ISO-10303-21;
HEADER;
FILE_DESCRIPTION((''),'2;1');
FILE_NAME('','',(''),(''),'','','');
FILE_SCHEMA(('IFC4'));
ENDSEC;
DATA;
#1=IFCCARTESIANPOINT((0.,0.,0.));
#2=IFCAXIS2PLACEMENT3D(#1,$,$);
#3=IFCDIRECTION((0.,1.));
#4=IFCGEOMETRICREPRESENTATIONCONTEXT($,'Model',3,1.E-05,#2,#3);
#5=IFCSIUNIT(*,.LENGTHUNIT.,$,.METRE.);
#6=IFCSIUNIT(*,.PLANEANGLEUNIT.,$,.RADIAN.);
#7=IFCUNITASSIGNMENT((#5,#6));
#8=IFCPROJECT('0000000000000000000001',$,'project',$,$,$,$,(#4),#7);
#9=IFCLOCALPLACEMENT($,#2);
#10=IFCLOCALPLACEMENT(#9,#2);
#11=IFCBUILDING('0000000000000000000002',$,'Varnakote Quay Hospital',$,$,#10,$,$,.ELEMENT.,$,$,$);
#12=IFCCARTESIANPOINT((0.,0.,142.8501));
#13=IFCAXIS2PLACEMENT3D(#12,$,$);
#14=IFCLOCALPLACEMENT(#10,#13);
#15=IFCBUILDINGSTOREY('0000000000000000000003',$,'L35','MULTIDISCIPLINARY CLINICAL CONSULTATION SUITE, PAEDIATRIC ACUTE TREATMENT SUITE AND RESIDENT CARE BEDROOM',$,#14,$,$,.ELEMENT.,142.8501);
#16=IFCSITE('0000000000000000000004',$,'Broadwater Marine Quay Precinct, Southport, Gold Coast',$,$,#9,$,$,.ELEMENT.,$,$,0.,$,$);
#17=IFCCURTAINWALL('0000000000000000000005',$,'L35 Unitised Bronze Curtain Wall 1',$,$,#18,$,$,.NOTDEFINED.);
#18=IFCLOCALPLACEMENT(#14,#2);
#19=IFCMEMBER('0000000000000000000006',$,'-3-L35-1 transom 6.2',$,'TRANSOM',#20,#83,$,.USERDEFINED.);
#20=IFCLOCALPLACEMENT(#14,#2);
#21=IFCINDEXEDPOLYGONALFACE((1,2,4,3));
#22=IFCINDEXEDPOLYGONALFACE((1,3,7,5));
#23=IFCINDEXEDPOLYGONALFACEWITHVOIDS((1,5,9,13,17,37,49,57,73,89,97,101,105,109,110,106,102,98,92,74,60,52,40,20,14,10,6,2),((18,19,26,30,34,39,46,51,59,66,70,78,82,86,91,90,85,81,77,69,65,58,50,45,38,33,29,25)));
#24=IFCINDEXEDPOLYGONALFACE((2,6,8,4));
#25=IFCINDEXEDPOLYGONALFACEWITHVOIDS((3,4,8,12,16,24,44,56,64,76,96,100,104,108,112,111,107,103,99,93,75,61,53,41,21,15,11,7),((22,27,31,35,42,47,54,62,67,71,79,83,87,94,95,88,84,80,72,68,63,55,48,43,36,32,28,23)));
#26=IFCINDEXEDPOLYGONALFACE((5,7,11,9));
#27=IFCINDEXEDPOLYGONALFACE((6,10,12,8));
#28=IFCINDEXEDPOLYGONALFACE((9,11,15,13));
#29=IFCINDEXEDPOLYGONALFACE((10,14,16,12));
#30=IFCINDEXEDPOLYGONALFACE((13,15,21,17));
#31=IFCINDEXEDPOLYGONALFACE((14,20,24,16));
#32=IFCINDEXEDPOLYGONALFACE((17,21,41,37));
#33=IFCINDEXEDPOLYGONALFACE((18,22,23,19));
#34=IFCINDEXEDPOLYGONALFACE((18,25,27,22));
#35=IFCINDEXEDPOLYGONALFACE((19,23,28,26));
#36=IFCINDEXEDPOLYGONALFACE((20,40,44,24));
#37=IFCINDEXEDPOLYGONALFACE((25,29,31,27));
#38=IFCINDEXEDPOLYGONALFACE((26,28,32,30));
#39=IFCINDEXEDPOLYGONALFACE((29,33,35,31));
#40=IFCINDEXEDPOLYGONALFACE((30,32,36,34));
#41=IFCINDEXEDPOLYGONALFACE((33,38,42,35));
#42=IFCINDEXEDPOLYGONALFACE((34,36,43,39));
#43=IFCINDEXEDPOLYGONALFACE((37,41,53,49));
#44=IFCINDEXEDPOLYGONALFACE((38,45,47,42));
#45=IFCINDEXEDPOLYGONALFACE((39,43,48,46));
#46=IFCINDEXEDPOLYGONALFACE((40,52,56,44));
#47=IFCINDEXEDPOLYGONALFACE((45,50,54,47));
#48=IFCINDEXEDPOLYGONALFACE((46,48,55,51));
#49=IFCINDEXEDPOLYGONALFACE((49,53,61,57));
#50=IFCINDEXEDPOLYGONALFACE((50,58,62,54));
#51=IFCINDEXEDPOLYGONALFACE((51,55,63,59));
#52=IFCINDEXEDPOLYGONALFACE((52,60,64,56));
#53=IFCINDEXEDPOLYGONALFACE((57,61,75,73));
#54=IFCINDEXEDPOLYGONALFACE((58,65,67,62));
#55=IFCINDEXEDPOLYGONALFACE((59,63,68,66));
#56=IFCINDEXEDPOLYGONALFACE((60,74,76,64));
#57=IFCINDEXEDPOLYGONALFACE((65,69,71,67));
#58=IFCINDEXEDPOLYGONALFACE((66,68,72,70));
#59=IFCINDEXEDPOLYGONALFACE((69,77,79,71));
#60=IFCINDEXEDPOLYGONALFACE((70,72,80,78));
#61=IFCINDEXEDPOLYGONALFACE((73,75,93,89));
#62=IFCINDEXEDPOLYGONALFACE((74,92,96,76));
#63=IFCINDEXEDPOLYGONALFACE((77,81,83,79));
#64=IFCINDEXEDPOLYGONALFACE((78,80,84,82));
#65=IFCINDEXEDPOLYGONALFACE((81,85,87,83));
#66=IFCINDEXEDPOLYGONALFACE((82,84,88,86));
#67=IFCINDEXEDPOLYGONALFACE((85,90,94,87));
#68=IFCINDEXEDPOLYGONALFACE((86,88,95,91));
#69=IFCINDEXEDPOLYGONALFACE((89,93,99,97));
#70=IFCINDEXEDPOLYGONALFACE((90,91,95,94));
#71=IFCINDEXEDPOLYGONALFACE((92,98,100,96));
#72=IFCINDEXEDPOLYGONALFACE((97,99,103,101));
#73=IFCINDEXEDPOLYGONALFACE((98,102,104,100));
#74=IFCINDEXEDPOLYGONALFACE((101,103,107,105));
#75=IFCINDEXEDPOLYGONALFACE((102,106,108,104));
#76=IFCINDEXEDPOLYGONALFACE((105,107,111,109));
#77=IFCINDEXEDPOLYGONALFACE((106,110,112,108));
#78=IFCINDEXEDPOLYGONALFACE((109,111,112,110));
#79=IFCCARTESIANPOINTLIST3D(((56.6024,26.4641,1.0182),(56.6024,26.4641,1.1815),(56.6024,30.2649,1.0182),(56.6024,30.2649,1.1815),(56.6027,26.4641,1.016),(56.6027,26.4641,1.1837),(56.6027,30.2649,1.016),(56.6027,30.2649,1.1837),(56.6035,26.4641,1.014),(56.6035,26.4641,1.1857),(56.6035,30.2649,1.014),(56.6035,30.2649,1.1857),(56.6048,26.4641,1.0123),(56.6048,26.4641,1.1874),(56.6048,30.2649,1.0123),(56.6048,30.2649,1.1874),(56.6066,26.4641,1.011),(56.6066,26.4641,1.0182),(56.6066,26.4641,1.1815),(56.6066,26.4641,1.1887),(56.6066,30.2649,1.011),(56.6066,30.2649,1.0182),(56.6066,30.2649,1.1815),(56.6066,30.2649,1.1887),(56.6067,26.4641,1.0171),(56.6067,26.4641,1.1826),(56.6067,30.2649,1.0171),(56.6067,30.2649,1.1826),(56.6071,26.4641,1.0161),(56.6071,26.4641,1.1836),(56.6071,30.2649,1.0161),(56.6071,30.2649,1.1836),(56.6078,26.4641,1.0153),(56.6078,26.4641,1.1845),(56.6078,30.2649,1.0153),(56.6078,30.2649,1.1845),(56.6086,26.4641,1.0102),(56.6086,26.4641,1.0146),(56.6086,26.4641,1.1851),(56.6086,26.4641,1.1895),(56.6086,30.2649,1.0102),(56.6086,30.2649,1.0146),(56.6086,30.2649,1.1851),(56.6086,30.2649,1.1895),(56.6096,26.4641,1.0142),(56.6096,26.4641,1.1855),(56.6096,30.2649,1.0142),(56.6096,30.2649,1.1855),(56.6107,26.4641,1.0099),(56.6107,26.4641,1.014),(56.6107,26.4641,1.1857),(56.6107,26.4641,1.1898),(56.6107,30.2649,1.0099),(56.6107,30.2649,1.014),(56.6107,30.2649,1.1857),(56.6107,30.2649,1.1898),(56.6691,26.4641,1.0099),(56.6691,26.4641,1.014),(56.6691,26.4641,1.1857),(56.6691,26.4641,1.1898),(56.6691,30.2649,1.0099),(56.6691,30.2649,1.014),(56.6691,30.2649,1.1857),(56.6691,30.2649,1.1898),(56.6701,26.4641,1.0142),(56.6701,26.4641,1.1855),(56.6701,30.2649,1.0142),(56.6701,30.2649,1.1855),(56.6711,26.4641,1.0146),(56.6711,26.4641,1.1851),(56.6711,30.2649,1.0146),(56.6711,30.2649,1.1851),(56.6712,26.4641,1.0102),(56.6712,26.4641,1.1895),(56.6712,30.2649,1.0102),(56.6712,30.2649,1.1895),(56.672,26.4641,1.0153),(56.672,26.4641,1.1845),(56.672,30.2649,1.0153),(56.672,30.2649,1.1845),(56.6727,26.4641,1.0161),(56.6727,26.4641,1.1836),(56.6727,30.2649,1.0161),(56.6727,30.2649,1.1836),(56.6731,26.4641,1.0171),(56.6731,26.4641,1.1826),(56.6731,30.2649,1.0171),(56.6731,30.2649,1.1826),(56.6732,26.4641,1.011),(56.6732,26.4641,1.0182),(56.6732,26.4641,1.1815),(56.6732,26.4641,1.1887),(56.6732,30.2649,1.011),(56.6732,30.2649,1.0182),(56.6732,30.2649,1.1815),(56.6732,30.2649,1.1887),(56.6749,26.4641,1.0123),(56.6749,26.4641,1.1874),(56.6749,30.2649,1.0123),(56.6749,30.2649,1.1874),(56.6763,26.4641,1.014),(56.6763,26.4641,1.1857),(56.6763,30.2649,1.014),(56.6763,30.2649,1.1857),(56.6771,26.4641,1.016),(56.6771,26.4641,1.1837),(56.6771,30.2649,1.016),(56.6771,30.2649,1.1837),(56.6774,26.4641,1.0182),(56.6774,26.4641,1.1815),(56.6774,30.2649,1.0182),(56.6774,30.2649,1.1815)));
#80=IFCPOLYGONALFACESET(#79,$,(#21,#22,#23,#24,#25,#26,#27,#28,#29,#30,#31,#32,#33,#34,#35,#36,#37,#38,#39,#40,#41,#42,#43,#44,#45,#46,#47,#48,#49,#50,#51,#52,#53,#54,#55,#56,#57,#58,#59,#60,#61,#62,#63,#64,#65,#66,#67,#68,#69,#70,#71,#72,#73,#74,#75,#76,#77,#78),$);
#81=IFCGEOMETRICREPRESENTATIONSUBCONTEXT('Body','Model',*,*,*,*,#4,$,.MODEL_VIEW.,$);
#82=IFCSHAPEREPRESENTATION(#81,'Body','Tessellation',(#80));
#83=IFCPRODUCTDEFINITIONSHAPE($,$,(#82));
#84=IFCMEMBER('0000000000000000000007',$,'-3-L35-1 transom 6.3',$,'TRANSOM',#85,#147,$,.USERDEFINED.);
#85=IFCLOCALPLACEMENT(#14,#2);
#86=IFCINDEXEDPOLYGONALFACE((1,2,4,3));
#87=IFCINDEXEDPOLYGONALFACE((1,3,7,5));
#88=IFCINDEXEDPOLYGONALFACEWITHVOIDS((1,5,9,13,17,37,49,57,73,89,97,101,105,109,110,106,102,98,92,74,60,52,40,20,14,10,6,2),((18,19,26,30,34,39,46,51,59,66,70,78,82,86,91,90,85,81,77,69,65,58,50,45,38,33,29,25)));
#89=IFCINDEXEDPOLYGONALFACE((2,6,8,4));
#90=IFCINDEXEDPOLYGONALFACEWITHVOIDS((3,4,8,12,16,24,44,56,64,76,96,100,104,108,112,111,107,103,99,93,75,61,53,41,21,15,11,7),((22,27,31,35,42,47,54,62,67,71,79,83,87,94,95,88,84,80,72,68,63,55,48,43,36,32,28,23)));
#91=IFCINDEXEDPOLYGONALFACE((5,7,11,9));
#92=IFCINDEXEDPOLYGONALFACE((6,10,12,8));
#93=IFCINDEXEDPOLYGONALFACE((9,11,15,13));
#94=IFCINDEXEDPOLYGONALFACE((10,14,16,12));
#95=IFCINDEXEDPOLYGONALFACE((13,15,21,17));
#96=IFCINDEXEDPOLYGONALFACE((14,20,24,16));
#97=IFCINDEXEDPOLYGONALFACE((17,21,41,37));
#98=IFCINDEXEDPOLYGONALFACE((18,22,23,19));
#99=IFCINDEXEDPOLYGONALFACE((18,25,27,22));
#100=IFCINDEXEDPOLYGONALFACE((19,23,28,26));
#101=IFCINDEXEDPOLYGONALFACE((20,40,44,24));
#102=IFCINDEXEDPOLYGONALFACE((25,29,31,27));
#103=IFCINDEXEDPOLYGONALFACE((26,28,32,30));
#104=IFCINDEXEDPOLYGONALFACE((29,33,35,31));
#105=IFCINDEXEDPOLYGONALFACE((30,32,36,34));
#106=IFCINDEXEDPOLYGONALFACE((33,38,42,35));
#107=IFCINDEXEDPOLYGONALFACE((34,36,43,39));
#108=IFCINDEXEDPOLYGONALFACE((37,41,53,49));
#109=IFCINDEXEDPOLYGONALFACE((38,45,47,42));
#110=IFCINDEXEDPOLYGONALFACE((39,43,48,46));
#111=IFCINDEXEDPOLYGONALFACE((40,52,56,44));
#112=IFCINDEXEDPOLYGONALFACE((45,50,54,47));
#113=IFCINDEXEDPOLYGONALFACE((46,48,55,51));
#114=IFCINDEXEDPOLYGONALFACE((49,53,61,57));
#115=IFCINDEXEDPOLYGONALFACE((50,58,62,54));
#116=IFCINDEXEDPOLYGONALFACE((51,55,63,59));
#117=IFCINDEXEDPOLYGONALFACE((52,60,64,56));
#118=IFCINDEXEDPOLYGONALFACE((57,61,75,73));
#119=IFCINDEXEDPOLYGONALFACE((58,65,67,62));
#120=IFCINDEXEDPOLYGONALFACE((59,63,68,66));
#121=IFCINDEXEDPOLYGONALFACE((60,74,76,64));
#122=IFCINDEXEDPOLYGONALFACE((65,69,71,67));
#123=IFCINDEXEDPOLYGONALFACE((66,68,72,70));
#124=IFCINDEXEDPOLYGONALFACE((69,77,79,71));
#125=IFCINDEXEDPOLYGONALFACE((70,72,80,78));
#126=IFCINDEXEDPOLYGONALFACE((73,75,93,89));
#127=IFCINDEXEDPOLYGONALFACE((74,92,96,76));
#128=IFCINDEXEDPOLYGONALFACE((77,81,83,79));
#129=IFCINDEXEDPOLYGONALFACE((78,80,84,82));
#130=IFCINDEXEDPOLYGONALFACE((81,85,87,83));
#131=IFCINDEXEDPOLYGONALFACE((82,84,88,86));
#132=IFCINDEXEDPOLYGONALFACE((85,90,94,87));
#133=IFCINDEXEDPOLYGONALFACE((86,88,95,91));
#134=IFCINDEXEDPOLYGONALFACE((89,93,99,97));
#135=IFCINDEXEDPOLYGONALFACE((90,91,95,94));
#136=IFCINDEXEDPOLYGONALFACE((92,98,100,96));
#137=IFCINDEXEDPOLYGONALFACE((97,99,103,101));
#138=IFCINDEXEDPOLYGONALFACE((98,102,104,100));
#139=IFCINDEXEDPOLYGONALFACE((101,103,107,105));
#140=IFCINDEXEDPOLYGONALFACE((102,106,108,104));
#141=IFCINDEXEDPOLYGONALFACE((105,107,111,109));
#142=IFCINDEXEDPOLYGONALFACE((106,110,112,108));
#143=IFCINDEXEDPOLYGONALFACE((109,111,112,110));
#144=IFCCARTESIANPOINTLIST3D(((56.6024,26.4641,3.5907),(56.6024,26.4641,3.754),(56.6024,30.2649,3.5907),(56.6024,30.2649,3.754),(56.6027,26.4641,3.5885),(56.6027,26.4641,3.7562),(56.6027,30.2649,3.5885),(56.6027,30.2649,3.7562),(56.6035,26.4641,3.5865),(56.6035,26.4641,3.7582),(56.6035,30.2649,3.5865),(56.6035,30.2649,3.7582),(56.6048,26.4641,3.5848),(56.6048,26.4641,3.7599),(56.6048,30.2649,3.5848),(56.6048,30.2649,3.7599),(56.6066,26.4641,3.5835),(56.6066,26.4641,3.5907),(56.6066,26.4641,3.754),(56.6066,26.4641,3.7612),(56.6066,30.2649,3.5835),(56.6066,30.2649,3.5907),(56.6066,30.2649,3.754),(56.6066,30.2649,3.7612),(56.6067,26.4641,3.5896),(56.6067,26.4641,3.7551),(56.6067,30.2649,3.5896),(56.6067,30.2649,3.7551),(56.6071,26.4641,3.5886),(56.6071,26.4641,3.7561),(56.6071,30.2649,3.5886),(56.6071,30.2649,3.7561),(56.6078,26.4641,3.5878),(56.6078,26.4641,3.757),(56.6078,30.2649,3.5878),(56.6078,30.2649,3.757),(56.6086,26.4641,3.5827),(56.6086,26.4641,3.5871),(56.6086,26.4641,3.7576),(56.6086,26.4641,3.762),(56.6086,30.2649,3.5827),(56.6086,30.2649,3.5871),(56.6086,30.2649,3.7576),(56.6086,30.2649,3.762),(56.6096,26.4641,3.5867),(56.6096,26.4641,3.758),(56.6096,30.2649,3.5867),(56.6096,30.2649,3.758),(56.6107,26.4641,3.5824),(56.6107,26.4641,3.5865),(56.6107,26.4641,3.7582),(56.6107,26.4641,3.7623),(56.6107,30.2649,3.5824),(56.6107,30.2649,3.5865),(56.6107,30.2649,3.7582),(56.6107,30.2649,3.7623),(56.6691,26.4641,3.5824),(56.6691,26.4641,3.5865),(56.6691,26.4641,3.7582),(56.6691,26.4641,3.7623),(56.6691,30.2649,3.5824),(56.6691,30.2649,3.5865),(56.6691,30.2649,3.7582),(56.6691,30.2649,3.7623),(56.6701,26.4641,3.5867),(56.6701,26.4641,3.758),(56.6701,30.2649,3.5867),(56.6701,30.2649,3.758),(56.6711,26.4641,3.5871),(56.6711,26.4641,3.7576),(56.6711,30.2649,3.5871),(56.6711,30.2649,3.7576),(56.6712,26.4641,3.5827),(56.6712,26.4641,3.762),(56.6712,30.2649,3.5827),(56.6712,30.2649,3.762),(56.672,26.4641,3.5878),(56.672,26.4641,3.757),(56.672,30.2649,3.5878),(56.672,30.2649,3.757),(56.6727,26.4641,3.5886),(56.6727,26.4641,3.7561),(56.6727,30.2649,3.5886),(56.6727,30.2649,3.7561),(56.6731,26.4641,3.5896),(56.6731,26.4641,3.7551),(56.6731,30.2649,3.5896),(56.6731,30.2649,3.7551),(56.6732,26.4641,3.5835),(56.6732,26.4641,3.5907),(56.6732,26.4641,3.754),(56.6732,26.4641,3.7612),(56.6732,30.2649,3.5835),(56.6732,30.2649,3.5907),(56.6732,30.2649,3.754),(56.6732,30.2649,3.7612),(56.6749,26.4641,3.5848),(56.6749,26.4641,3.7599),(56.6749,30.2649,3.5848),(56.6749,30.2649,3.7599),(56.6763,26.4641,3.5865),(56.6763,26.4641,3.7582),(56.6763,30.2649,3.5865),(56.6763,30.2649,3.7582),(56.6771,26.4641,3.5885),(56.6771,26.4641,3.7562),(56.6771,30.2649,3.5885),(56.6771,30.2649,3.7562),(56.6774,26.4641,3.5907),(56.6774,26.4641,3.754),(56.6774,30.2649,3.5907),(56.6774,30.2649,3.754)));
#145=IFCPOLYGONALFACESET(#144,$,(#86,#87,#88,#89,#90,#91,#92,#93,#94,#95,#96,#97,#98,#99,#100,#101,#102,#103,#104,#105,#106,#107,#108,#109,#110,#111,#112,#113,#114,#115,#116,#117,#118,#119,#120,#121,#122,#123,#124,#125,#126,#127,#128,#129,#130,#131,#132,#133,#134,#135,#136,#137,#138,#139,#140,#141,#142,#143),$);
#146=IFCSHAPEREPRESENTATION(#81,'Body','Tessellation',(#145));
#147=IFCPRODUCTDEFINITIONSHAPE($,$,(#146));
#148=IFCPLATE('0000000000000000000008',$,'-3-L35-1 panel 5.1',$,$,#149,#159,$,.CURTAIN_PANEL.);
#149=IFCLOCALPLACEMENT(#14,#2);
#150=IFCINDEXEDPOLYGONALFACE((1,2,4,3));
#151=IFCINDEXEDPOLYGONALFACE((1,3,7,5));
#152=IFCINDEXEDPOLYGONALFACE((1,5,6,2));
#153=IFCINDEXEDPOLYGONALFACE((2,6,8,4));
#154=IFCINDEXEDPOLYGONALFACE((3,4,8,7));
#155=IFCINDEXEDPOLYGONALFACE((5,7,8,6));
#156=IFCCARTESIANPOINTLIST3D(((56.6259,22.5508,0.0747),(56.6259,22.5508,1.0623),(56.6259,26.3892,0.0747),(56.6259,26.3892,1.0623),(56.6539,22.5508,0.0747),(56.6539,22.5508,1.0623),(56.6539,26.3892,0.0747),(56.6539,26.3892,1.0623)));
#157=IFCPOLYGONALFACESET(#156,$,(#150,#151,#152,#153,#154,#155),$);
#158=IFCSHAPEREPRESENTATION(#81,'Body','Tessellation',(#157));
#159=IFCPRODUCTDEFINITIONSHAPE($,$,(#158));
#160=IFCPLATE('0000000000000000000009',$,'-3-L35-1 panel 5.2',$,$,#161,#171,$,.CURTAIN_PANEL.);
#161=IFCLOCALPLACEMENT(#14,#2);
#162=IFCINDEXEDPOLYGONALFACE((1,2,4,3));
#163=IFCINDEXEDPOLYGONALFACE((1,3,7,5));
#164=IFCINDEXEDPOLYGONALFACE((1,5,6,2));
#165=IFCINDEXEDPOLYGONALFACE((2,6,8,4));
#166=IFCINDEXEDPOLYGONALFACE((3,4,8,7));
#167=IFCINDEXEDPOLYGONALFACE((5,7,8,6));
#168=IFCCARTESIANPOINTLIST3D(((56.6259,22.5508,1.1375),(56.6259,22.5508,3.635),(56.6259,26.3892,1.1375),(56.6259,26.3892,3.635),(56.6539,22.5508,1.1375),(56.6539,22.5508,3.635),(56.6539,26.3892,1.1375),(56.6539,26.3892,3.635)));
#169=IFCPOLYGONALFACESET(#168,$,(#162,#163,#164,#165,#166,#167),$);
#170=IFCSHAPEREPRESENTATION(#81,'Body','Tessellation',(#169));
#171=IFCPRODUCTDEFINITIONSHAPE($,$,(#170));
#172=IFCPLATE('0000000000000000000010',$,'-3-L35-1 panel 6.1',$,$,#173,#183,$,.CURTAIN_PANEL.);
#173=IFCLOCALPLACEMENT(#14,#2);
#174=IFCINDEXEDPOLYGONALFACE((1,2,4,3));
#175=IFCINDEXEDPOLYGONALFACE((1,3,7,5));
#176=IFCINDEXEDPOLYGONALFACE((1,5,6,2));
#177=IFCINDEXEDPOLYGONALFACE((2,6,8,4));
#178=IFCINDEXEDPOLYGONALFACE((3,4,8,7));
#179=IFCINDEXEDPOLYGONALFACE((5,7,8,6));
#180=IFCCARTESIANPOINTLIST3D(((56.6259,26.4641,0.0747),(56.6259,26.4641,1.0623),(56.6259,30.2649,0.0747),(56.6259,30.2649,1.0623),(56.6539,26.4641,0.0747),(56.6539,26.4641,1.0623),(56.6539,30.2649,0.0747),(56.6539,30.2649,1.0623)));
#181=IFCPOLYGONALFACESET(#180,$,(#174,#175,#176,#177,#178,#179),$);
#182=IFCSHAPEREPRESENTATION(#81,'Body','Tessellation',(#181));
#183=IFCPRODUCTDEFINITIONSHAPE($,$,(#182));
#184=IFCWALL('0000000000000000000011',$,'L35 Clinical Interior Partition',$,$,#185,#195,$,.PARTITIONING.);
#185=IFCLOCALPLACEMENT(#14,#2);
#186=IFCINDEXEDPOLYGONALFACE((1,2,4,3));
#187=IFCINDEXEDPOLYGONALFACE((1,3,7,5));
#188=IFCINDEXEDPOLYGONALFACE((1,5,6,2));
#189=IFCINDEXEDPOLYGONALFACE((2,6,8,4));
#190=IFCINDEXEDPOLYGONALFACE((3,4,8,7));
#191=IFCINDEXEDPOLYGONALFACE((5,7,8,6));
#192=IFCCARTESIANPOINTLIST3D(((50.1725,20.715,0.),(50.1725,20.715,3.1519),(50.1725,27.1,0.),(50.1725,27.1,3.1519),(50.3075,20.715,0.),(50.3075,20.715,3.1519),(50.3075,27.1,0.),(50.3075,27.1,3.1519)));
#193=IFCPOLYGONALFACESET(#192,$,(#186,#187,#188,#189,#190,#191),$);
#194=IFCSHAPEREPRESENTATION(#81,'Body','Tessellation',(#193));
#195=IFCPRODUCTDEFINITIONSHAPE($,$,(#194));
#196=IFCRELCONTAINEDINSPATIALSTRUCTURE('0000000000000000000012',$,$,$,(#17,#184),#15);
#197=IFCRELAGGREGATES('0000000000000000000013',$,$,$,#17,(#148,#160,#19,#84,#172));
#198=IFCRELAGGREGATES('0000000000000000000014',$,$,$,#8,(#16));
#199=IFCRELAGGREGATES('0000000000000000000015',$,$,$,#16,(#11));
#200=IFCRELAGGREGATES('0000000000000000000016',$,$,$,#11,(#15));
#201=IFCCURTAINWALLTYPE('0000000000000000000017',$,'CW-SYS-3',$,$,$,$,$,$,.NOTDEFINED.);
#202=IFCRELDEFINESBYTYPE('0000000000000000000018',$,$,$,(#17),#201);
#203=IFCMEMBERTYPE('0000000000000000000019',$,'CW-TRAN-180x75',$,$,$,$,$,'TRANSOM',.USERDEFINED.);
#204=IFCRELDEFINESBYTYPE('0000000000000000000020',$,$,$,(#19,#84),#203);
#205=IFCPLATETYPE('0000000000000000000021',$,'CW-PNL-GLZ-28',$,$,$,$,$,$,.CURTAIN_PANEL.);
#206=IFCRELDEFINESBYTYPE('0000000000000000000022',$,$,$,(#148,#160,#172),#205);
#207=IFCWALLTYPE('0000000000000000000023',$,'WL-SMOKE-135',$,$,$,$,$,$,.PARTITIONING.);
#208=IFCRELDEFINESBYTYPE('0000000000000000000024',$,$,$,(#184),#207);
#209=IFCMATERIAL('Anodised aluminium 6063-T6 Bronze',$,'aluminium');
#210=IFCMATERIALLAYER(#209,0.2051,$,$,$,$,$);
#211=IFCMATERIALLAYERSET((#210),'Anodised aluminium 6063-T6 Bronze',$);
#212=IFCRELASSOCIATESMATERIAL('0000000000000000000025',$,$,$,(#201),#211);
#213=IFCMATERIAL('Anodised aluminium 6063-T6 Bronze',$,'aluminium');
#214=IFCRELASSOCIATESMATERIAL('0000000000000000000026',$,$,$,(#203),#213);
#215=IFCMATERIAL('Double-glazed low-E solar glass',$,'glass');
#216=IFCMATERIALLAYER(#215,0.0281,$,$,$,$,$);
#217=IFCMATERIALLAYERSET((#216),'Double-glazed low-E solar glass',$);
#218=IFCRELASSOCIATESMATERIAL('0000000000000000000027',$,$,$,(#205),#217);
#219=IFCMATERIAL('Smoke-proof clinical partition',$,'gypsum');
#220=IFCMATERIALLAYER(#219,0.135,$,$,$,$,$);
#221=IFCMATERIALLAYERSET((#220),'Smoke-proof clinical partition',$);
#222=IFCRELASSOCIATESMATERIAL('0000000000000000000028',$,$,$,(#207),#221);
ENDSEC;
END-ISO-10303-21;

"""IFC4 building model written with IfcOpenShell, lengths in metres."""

from ifc_helpers import new_model, si_unit, direction, frame, frame_2d, origin, origin_2d, place, context, subcontext, project, spatial, rectangle, hollow_rectangle, extrude, material, layer, layer_set, material_profile, profile_set, type_object, element, aggregate, save


model = new_model("IFC4")

# Units and contexts
model_context = context("Model", 3, precision=1e-05, world=origin(), true_north=direction((0.0, 1.0)))
body_context = subcontext(model_context, "Body", "Model", "MODEL_VIEW")
ifc_project = project(units=[si_unit("LENGTHUNIT", "METRE"), si_unit("PLANEANGLEUNIT", "RADIAN")], contexts=[model_context])

# Site, building, storey
site_placement = place(None, origin())
site = spatial("IfcSite", under=ifc_project, at=site_placement, Name="Broadwater Marine Quay Precinct, Southport, Gold Coast", CompositionType="ELEMENT", RefElevation=0.0)
building_placement = place(site_placement, origin())
building = spatial("IfcBuilding", under=site, at=building_placement, Name="Varnakote Quay Hospital", CompositionType="ELEMENT")
storey_placement = place(building_placement, frame((0.0, 0.0, 142.8501)))
storey = spatial("IfcBuildingStorey", under=building, at=storey_placement, Name="L35", Description="MULTIDISCIPLINARY CLINICAL CONSULTATION SUITE, PAEDIATRIC ACUTE TREATMENT SUITE AND RESIDENT CARE BEDROOM", CompositionType="ELEMENT", Elevation=142.8501)

# Curtain wall, members, plates
ifc_material_1 = material(Name="Anodised aluminium 6063-T6 Bronze", Category="aluminium")
ifc_layer_1 = layer(ifc_material_1, 0.2051)
ifc_layer_set_1 = layer_set([ifc_layer_1], Name="Anodised aluminium 6063-T6 Bronze")
curtain_wall_type = type_object("IfcCurtainWallType", Name="CW-SYS-3", PredefinedType="NOTDEFINED", material=ifc_layer_set_1)
curtain_wall_placement = place(storey_placement, origin())
curtain_wall = element("IfcCurtainWall", 1, at=curtain_wall_placement, inside=storey, type_object=curtain_wall_type, Name="L35 Unitised Bronze Curtain Wall 1", PredefinedType="NOTDEFINED")
ifc_material_2 = material(Name="Anodised aluminium 6063-T6 Bronze", Category="aluminium")
ifc_material_profile_1 = material_profile(ifc_material_2, hollow_rectangle(XDim=0.075, YDim=0.1799, WallThickness=0.0042, InnerFilletRadius=0.0042, OuterFilletRadius=0.0083, at=origin_2d()), Name="CW-TRAN-180x75")
ifc_profile_set_1 = profile_set([ifc_material_profile_1], Name="Anodised aluminium 6063-T6 Bronze")
member_type_1 = type_object("IfcMemberType", Name="CW-TRAN-180x75", ElementType="TRANSOM", PredefinedType="USERDEFINED", material=ifc_profile_set_1)
member_1_placement = place(storey_placement, frame((56.6399, 26.4641, 1.0999), z_axis=(0.0, 1.0, 0.0), x_axis=(-1.0, 0.0, 0.0)))
member_1 = element("IfcMember", 2, at=member_1_placement, type_object=member_type_1, Name="-3-L35-1 transom 6.2", ObjectType="TRANSOM", PredefinedType="USERDEFINED", context=body_context, shape_type="SweptSolid", body=[
    extrude(hollow_rectangle(XDim=0.075, YDim=0.1799, WallThickness=0.0042, InnerFilletRadius=0.0042, OuterFilletRadius=0.0083, at=origin_2d()), origin(), (0.0, 0.0, 1.0), 3.8008),
])
member_2_placement = place(storey_placement, frame((56.6399, 26.4641, 3.6724), z_axis=(0.0, 1.0, 0.0), x_axis=(-1.0, 0.0, 0.0)))
member_2 = element("IfcMember", 3, at=member_2_placement, type_object=member_type_1, Name="-3-L35-1 transom 6.3", ObjectType="TRANSOM", PredefinedType="USERDEFINED", context=body_context, shape_type="SweptSolid", body=[
    extrude(hollow_rectangle(XDim=0.075, YDim=0.1799, WallThickness=0.0042, InnerFilletRadius=0.0042, OuterFilletRadius=0.0083, at=origin_2d()), origin(), (0.0, 0.0, 1.0), 3.8008),
])
ifc_material_3 = material(Name="Double-glazed low-E solar glass", Category="glass")
ifc_layer_2 = layer(ifc_material_3, 0.0281)
ifc_layer_set_2 = layer_set([ifc_layer_2], Name="Double-glazed low-E solar glass")
plate_type = type_object("IfcPlateType", Name="CW-PNL-GLZ-28", PredefinedType="CURTAIN_PANEL", material=ifc_layer_set_2)
plate_1_placement = place(storey_placement, frame((56.6399, 24.47, 0.0747), z_axis=(0.0, 0.0, 1.0), x_axis=(0.0, 1.0, 0.0)))
plate_1 = element("IfcPlate", 4, at=plate_1_placement, type_object=plate_type, Name="-3-L35-1 panel 5.1", PredefinedType="CURTAIN_PANEL", context=body_context, shape_type="SweptSolid", body=[
    extrude(rectangle(XDim=3.8384, YDim=0.0281, at=origin_2d()), origin(), (0.0, 0.0, 1.0), 0.9875),
])
plate_2_placement = place(storey_placement, frame((56.6399, 24.47, 1.1375), z_axis=(0.0, 0.0, 1.0), x_axis=(0.0, 1.0, 0.0)))
plate_2 = element("IfcPlate", 5, at=plate_2_placement, type_object=plate_type, Name="-3-L35-1 panel 5.2", PredefinedType="CURTAIN_PANEL", context=body_context, shape_type="SweptSolid", body=[
    extrude(rectangle(XDim=3.8384, YDim=0.0281, at=origin_2d()), origin(), (0.0, 0.0, 1.0), 2.4976),
])
plate_3_placement = place(storey_placement, frame((56.6399, 28.3645, 0.0747), z_axis=(0.0, 0.0, 1.0), x_axis=(0.0, 1.0, 0.0)))
plate_3 = element("IfcPlate", 6, at=plate_3_placement, type_object=plate_type, Name="-3-L35-1 panel 6.1", PredefinedType="CURTAIN_PANEL", context=body_context, shape_type="SweptSolid", body=[
    extrude(rectangle(XDim=3.8008, YDim=0.0281, at=origin_2d()), origin(), (0.0, 0.0, 1.0), 0.9875),
])
aggregate(curtain_wall, [plate_1, plate_2, member_1, member_2, plate_3])

# Wall
ifc_material_4 = material(Name="Smoke-proof clinical partition", Category="gypsum")
ifc_layer_3 = layer(ifc_material_4, 0.135)
ifc_layer_set_3 = layer_set([ifc_layer_3], Name="Smoke-proof clinical partition")
wall_type_1 = type_object("IfcWallType", Name="WL-SMOKE-135", PredefinedType="PARTITIONING", material=ifc_layer_set_3)
wall_1_placement = place(storey_placement, frame((50.24, 20.7151, 0.0), z_axis=(0.0, 0.0, 1.0), x_axis=(0.0, 1.0, 0.0)))
element("IfcWall", 7, at=wall_1_placement, inside=storey, type_object=wall_type_1, Name="L35 Clinical Interior Partition", PredefinedType="PARTITIONING", context=body_context, shape_type="SweptSolid", body=[
    extrude(rectangle(XDim=6.385, YDim=0.135, at=frame_2d((3.1924, 0.0))), origin(), (0.0, 0.0, 1.0), 3.1519),
])

save(model, "model.ifc")
